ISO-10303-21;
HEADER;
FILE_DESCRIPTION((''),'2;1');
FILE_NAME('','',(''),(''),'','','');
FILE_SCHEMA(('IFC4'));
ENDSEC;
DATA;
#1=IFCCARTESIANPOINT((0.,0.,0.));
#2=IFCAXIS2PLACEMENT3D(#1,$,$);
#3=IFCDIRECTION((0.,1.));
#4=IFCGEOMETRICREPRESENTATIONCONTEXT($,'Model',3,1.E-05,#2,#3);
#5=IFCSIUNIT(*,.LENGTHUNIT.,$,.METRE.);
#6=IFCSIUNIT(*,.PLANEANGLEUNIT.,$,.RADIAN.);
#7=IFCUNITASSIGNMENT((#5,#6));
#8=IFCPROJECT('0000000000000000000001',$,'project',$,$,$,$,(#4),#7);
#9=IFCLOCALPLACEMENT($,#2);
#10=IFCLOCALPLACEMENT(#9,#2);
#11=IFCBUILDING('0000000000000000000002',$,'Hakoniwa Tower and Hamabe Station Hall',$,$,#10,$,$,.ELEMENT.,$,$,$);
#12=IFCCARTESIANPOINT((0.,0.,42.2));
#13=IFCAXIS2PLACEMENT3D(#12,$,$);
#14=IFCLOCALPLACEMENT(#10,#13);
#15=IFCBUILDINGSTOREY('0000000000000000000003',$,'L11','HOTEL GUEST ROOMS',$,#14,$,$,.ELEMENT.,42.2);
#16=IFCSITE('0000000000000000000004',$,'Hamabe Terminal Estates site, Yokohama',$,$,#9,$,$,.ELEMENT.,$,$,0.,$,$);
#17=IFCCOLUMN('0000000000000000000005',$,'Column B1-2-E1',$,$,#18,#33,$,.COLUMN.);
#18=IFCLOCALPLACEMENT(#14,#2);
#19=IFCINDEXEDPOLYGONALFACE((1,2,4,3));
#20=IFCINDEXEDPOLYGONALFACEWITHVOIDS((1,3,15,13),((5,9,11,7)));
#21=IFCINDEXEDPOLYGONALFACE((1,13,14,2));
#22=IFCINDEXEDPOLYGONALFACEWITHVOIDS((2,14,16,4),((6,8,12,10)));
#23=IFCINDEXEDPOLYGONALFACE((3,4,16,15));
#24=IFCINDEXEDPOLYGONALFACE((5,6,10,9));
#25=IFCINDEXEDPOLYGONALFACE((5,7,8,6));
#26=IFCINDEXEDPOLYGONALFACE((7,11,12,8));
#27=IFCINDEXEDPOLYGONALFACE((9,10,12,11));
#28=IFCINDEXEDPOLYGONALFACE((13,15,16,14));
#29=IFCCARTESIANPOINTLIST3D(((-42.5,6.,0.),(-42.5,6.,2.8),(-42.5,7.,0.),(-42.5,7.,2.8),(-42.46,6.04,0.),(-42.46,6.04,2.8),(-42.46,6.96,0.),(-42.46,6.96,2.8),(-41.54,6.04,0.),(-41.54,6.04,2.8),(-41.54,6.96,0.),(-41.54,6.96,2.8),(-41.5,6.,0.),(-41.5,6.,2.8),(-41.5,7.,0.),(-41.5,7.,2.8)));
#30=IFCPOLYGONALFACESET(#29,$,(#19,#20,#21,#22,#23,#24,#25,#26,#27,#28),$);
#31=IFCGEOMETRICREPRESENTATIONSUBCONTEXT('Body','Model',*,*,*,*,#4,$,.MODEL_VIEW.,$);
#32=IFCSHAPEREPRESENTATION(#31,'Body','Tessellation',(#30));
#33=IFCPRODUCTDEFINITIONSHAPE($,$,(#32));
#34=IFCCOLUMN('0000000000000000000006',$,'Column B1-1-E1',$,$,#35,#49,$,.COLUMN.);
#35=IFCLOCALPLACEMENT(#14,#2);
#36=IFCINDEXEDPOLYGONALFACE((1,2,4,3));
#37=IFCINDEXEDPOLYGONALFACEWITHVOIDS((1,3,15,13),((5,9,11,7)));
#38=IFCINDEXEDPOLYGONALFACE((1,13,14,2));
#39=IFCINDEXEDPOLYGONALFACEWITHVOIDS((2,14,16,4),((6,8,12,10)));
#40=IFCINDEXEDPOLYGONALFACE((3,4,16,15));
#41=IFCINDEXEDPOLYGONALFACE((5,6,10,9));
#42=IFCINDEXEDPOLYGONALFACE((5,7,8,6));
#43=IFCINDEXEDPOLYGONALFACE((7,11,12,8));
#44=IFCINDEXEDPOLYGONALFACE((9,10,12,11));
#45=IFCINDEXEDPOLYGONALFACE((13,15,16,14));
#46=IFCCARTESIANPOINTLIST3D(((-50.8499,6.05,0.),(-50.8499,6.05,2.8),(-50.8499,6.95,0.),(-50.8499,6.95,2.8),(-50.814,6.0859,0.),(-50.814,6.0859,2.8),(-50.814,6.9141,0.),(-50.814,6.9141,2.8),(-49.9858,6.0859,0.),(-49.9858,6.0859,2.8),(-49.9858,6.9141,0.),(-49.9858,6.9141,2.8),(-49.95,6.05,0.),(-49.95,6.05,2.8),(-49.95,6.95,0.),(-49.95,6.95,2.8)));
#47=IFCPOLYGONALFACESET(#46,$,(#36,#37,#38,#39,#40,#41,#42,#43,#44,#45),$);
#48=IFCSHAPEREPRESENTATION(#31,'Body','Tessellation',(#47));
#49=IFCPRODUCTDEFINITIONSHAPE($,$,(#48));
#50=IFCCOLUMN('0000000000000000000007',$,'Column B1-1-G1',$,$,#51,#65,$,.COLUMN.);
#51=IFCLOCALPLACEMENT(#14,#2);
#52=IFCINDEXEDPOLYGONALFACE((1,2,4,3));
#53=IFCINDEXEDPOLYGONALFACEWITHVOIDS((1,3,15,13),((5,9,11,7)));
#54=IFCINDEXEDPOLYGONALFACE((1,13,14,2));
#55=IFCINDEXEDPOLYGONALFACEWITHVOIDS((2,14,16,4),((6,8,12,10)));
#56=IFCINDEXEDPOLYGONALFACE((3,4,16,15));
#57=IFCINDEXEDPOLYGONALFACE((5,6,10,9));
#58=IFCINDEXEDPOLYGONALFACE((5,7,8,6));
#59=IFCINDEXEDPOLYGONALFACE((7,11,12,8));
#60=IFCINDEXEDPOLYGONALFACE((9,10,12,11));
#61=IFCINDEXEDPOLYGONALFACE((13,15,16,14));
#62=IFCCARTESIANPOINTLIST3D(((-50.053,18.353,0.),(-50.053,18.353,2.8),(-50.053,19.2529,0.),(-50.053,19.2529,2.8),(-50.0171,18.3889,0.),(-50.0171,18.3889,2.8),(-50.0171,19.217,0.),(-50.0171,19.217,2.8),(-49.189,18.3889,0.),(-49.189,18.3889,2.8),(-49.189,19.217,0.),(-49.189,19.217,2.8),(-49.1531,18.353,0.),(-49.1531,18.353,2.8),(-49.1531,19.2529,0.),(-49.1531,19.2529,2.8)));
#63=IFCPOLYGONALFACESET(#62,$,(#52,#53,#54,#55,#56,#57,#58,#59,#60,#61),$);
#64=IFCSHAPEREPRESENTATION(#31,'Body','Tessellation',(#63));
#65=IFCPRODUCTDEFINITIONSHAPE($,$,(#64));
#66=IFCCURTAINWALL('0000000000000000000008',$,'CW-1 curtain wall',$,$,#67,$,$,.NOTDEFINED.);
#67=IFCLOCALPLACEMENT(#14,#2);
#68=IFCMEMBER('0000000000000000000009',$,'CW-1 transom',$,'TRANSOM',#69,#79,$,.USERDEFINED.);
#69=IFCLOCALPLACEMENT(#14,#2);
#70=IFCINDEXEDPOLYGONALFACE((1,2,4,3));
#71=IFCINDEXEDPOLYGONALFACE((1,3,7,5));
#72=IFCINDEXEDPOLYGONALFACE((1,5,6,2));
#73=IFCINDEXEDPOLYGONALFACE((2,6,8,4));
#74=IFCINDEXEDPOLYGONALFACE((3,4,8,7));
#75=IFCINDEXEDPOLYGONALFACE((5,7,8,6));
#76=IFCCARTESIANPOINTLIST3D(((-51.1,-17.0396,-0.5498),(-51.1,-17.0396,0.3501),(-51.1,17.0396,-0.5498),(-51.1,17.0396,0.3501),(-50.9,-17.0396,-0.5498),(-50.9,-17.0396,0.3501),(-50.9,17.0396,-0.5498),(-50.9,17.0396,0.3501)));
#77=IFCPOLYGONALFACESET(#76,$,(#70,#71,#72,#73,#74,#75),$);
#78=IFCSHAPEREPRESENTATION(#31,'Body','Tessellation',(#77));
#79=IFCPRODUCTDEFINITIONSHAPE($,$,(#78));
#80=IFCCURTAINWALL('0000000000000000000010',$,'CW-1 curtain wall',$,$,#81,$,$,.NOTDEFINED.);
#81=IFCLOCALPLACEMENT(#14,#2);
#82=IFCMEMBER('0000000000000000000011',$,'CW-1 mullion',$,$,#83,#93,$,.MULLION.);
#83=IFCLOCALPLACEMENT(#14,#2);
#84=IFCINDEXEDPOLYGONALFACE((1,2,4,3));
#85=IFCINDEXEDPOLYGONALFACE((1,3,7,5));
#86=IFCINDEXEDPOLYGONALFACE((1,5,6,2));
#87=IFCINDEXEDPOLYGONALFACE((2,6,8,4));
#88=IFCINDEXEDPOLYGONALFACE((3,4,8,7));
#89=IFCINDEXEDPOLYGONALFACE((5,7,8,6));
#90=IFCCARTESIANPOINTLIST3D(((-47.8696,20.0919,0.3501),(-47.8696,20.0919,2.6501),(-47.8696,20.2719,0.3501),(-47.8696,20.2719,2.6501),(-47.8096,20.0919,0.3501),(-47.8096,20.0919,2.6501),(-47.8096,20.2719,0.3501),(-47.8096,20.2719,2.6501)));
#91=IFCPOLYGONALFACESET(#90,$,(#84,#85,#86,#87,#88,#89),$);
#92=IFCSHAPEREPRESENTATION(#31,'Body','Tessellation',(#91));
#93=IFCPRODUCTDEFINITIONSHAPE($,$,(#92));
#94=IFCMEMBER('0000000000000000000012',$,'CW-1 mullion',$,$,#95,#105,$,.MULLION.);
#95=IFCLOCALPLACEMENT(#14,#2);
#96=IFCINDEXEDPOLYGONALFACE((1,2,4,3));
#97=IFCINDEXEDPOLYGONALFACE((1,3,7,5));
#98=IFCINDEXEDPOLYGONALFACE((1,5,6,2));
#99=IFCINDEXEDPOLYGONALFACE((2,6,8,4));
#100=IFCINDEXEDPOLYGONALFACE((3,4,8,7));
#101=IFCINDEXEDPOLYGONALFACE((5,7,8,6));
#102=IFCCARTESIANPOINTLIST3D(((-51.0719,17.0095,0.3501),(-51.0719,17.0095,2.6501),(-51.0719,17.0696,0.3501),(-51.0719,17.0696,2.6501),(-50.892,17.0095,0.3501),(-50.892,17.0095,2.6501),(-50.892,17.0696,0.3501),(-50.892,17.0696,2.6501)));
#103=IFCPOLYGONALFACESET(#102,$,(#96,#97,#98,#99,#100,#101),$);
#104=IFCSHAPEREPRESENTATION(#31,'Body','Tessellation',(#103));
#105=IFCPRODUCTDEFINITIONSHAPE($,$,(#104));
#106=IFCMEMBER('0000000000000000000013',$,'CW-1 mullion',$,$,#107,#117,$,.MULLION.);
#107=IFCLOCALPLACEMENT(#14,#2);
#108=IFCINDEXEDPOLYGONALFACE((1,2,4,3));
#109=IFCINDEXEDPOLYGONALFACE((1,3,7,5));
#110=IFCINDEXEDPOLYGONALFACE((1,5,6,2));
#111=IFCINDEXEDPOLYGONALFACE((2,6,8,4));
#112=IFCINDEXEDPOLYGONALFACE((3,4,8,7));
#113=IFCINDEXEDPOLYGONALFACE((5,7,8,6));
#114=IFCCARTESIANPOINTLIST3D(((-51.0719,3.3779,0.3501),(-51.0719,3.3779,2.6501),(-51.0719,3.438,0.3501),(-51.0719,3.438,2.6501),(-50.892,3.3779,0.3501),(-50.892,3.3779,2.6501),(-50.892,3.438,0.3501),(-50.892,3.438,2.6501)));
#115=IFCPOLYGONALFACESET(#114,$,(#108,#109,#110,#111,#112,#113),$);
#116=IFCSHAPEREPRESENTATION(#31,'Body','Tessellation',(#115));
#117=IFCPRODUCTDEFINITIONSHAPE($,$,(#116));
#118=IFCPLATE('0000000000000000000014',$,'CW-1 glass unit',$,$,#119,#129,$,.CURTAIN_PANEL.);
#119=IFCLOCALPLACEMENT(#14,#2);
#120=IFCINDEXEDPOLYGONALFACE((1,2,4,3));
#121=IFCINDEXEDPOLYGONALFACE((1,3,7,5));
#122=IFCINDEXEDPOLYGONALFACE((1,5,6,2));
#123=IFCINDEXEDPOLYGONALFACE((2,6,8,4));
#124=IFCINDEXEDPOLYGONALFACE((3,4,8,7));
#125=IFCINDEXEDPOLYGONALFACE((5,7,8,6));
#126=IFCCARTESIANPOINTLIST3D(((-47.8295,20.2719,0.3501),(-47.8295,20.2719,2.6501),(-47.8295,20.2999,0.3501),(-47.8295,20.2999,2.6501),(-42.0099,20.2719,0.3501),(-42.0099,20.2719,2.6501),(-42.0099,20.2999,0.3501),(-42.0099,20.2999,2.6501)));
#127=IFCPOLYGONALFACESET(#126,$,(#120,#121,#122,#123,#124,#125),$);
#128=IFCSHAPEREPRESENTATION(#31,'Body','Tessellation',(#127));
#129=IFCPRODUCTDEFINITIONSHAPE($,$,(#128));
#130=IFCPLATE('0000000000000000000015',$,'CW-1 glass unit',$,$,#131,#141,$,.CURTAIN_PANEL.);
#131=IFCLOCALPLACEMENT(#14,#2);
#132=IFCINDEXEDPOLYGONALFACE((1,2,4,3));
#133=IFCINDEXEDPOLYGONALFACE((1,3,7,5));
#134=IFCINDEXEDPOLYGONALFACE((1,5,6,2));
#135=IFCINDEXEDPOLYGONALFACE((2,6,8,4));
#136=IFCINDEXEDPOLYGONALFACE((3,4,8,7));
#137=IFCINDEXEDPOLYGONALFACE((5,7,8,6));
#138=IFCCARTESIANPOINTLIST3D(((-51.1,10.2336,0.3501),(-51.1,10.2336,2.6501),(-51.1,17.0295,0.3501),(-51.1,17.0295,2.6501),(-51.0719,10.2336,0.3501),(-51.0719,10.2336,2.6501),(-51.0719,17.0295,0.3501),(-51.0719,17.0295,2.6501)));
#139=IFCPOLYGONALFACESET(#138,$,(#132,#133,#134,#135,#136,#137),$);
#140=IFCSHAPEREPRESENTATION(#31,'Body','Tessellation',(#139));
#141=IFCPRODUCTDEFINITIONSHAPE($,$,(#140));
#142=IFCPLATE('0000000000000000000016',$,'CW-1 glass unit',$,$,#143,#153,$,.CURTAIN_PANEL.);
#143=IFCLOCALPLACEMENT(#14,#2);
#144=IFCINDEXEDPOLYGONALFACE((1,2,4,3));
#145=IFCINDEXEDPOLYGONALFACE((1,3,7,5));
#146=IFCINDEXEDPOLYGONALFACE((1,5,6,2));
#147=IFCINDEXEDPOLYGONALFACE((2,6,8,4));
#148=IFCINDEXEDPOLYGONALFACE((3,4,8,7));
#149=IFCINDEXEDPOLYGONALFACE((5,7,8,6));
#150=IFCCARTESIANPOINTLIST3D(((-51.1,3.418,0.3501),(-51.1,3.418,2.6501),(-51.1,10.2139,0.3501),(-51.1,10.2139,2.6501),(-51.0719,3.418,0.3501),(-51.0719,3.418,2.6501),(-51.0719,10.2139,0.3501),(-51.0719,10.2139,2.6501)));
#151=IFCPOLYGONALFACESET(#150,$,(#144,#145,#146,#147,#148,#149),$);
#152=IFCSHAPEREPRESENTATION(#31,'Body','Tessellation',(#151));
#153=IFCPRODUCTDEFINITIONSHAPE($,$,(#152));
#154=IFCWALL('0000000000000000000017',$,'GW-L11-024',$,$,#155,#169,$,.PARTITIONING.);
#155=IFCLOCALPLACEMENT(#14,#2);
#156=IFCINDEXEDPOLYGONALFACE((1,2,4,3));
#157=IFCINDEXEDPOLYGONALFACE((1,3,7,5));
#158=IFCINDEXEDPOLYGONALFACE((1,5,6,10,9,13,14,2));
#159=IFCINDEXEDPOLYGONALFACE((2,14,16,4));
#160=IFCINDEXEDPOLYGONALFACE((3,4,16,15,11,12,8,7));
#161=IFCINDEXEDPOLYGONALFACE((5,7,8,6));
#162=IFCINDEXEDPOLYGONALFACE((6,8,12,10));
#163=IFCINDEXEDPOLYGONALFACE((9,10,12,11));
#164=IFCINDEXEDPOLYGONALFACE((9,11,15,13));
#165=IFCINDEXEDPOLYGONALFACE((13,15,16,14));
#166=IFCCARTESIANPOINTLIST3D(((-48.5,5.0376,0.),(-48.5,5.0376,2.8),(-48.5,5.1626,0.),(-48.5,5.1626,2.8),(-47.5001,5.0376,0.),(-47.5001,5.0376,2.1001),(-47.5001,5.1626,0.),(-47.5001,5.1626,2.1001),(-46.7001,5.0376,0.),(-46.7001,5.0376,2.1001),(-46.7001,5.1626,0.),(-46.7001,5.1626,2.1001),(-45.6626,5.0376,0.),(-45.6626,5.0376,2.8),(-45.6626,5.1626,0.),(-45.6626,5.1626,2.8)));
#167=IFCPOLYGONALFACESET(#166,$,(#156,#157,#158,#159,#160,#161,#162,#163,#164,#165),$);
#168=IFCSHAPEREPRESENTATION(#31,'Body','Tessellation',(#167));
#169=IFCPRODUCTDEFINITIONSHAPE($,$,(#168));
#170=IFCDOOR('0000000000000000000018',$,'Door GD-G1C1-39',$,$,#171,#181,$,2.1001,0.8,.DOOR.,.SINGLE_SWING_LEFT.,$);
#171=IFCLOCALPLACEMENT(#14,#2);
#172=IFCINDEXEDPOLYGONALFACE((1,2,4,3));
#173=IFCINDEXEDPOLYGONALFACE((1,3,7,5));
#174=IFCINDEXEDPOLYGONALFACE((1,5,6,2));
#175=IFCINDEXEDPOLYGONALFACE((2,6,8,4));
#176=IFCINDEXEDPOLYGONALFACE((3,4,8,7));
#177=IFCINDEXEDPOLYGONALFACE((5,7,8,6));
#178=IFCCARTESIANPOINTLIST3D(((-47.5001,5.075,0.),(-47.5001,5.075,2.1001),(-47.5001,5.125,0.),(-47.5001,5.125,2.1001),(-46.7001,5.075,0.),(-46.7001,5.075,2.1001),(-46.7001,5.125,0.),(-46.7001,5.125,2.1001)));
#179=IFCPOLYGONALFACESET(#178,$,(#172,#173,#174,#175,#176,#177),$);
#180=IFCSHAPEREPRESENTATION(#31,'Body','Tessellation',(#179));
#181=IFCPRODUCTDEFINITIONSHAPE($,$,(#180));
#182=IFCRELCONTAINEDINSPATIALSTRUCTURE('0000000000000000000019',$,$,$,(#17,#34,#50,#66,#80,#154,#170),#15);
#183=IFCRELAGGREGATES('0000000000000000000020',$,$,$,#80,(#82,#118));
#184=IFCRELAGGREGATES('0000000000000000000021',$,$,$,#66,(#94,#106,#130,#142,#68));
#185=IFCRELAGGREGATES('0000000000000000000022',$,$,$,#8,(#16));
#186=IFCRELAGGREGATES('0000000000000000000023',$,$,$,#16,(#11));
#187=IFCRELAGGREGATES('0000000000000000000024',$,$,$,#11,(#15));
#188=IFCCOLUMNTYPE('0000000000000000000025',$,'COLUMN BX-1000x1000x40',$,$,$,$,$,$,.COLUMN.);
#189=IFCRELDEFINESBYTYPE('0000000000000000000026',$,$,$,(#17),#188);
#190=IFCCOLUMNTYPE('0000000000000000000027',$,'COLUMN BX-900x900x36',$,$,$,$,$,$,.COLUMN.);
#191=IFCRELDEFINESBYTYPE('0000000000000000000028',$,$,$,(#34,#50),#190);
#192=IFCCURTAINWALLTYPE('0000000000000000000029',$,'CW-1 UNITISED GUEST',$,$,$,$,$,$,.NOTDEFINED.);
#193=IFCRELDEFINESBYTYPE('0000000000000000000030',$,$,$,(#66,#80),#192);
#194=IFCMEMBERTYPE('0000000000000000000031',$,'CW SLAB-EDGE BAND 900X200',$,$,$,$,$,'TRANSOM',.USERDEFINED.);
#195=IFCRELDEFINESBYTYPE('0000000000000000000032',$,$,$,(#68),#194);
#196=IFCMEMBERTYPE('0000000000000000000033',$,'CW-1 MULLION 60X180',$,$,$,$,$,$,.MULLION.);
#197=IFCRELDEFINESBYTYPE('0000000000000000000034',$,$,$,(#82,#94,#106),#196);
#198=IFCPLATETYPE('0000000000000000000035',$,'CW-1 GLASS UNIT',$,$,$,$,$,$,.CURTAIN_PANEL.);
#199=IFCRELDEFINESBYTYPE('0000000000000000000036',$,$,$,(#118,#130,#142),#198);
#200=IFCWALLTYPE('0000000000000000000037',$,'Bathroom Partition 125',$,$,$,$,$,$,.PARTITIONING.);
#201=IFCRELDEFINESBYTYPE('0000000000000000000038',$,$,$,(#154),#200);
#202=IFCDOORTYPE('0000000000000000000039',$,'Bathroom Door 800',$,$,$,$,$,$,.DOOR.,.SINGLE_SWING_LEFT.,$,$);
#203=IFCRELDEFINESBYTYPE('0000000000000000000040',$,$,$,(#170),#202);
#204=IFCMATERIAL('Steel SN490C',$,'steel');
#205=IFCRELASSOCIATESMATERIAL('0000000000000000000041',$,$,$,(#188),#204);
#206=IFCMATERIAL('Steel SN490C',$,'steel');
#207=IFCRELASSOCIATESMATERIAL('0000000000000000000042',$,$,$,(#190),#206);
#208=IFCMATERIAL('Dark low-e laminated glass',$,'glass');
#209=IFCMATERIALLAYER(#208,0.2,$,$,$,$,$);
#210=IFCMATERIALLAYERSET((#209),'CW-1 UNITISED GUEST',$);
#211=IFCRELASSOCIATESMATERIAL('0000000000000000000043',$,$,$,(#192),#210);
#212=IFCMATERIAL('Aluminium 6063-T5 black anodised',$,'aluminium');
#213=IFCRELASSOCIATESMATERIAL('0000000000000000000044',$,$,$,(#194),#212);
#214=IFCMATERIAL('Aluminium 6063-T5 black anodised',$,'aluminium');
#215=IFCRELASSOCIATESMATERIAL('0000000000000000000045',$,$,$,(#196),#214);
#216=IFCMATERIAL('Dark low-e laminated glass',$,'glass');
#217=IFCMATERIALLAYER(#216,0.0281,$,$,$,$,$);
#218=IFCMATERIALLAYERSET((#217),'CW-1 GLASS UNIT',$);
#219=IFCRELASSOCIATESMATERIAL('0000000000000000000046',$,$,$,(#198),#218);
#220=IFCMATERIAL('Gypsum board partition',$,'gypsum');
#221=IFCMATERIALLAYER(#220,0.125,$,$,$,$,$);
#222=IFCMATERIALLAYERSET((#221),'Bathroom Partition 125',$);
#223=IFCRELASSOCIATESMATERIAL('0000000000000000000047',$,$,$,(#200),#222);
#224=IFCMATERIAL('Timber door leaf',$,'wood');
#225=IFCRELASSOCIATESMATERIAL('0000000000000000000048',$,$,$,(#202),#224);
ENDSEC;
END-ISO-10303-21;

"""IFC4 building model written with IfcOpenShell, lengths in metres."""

from ifc_helpers import new_model, si_unit, direction, frame, frame_2d, origin, origin_2d, place, context, subcontext, project, spatial, rectangle, hollow_rectangle, extrude, material, layer, layer_set, material_profile, profile_set, type_object, element, fill, aggregate, save


model = new_model("IFC4")

# Units and contexts
model_context = context("Model", 3, precision=1e-05, world=origin(), true_north=direction((0.0, 1.0)))
body_context = subcontext(model_context, "Body", "Model", "MODEL_VIEW")
ifc_project = project(units=[si_unit("LENGTHUNIT", "METRE"), si_unit("PLANEANGLEUNIT", "RADIAN")], contexts=[model_context])

# Site, building, storey
site_placement = place(None, origin())
site = spatial("IfcSite", under=ifc_project, at=site_placement, Name="Hamabe Terminal Estates site, Yokohama", CompositionType="ELEMENT", RefElevation=0.0)
building_placement = place(site_placement, origin())
building = spatial("IfcBuilding", under=site, at=building_placement, Name="Hakoniwa Tower and Hamabe Station Hall", CompositionType="ELEMENT")
storey_placement = place(building_placement, frame((0.0, 0.0, 42.2)))
storey = spatial("IfcBuildingStorey", under=building, at=storey_placement, Name="L11", Description="HOTEL GUEST ROOMS", CompositionType="ELEMENT", Elevation=42.2)

# Columns
ifc_material_1 = material(Name="Steel SN490C", Category="steel")
ifc_material_profile_1 = material_profile(ifc_material_1, hollow_rectangle(XDim=1.0, YDim=1.0, WallThickness=0.04, at=origin_2d()), Name="BX-1000x1000x40")
ifc_profile_set_1 = profile_set([ifc_material_profile_1], Name="Steel SN490C")
column_type_1 = type_object("IfcColumnType", Name="COLUMN BX-1000x1000x40", PredefinedType="COLUMN", material=ifc_profile_set_1)
column_placement = place(storey_placement, frame((-42.0, 6.5, 0.0), z_axis=(0.0, 0.0, 1.0), x_axis=(1.0, 0.0, 0.0)))
element("IfcColumn", 1, at=column_placement, inside=storey, type_object=column_type_1, Name="Column B1-2-E1", PredefinedType="COLUMN", context=body_context, shape_type="SweptSolid", body=[
    extrude(hollow_rectangle(XDim=1.0, YDim=1.0, WallThickness=0.04, at=origin_2d()), origin(), (0.0, 0.0, 1.0), 2.8),
])
ifc_material_2 = material(Name="Steel SN490C", Category="steel")
ifc_material_profile_2 = material_profile(ifc_material_2, hollow_rectangle(XDim=0.8999, YDim=0.8999, WallThickness=0.0359, at=origin_2d()), Name="BX-900x900x36")
ifc_profile_set_2 = profile_set([ifc_material_profile_2], Name="Steel SN490C")
column_type_2 = type_object("IfcColumnType", Name="COLUMN BX-900x900x36", PredefinedType="COLUMN", material=ifc_profile_set_2)
for number, where, z_axis, x_axis, name in (
    (2, (-50.3999, 6.5, 0.0), (0.0, 0.0, 1.0), (1.0, 0.0, 0.0), "Column B1-1-E1"),
    (3, (-49.603, 18.803, 0.0), (0.0, 0.0, 1.0), (1.0, 0.0, 0.0), "Column B1-1-G1"),
):
    element("IfcColumn", number, at=place(storey_placement, frame(where, z_axis=z_axis, x_axis=x_axis)), inside=storey, type_object=column_type_2, Name=name, PredefinedType="COLUMN", context=body_context, shape_type="SweptSolid", body=[
        extrude(hollow_rectangle(XDim=0.8999, YDim=0.8999, WallThickness=0.0359, at=origin_2d()), origin(), (0.0, 0.0, 1.0), 2.8),
    ])

# Curtain walls, members
ifc_material_3 = material(Name="Dark low-e laminated glass", Category="glass")
ifc_layer_1 = layer(ifc_material_3, 0.2)
ifc_layer_set_1 = layer_set([ifc_layer_1], Name="CW-1 UNITISED GUEST")
curtain_wall_type = type_object("IfcCurtainWallType", Name="CW-1 UNITISED GUEST", PredefinedType="NOTDEFINED", material=ifc_layer_set_1)
curtain_wall_1_placement = place(storey_placement, origin())
curtain_wall_1 = element("IfcCurtainWall", 4, at=curtain_wall_1_placement, inside=storey, type_object=curtain_wall_type, Name="CW-1 curtain wall", PredefinedType="NOTDEFINED")
ifc_material_4 = material(Name="Aluminium 6063-T5 black anodised", Category="aluminium")
ifc_material_profile_3 = material_profile(ifc_material_4, rectangle(XDim=0.2, YDim=0.8999, at=origin_2d()), Name="CW SLAB-EDGE BAND 900X200")
ifc_profile_set_3 = profile_set([ifc_material_profile_3], Name="Aluminium 6063-T5 black anodised")
member_type_1 = type_object("IfcMemberType", Name="CW SLAB-EDGE BAND 900X200", ElementType="TRANSOM", PredefinedType="USERDEFINED", material=ifc_profile_set_3)
member_1_placement = place(storey_placement, frame((-51.0, 17.0396, -0.0999), z_axis=(0.0, -1.0, 0.0), x_axis=(1.0, 0.0, 0.0)))
member_1 = element("IfcMember", 5, at=member_1_placement, type_object=member_type_1, Name="CW-1 transom", ObjectType="TRANSOM", PredefinedType="USERDEFINED", context=body_context, shape_type="SweptSolid", body=[
    extrude(rectangle(XDim=0.2, YDim=0.8999, at=origin_2d()), origin(), (0.0, 0.0, 1.0), 34.0791),
])
curtain_wall_2_placement = place(storey_placement, origin())
curtain_wall_2 = element("IfcCurtainWall", 6, at=curtain_wall_2_placement, inside=storey, type_object=curtain_wall_type, Name="CW-1 curtain wall", PredefinedType="NOTDEFINED")
ifc_material_5 = material(Name="Aluminium 6063-T5 black anodised", Category="aluminium")
ifc_material_profile_4 = material_profile(ifc_material_5, rectangle(XDim=0.0601, YDim=0.1799, at=origin_2d()), Name="CW-1 MULLION 60X180")
ifc_profile_set_4 = profile_set([ifc_material_profile_4], Name="Aluminium 6063-T5 black anodised")
member_type_2 = type_object("IfcMemberType", Name="CW-1 MULLION 60X180", PredefinedType="MULLION", material=ifc_profile_set_4)
member_2_placement = place(storey_placement, frame((-47.8396, 20.1819, 0.3501), z_axis=(0.0, 0.0, 1.0), x_axis=(-1.0, 0.0, 0.0)))
member_2 = element("IfcMember", 7, at=member_2_placement, type_object=member_type_2, Name="CW-1 mullion", PredefinedType="MULLION", context=body_context, shape_type="SweptSolid", body=[
    extrude(rectangle(XDim=0.0601, YDim=0.1799, at=origin_2d()), origin(), (0.0, 0.0, 1.0), 2.3),
])

# Members
member_3_placement = place(storey_placement, frame((-50.9819, 17.0396, 0.3501), z_axis=(0.0, 0.0, 1.0), x_axis=(0.0, -1.0, 0.0)))
member_3 = element("IfcMember", 8, at=member_3_placement, type_object=member_type_2, Name="CW-1 mullion", PredefinedType="MULLION", context=body_context, shape_type="SweptSolid", body=[
    extrude(rectangle(XDim=0.0601, YDim=0.1799, at=origin_2d()), origin(), (0.0, 0.0, 1.0), 2.3),
])
member_4_placement = place(storey_placement, frame((-50.9819, 3.408, 0.3501), z_axis=(0.0, 0.0, 1.0), x_axis=(0.0, -1.0, 0.0)))
member_4 = element("IfcMember", 9, at=member_4_placement, type_object=member_type_2, Name="CW-1 mullion", PredefinedType="MULLION", context=body_context, shape_type="SweptSolid", body=[
    extrude(rectangle(XDim=0.0601, YDim=0.1799, at=origin_2d()), origin(), (0.0, 0.0, 1.0), 2.3),
])

# Plates
ifc_material_6 = material(Name="Dark low-e laminated glass", Category="glass")
ifc_layer_2 = layer(ifc_material_6, 0.0281)
ifc_layer_set_2 = layer_set([ifc_layer_2], Name="CW-1 GLASS UNIT")
plate_type = type_object("IfcPlateType", Name="CW-1 GLASS UNIT", PredefinedType="CURTAIN_PANEL", material=ifc_layer_set_2)
plate_1_placement = place(storey_placement, frame((-44.9197, 20.2859, 0.3501), z_axis=(0.0, 0.0, 1.0), x_axis=(-1.0, 0.0, 0.0)))
plate_1 = element("IfcPlate", 10, at=plate_1_placement, type_object=plate_type, Name="CW-1 glass unit", PredefinedType="CURTAIN_PANEL", context=body_context, shape_type="SweptSolid", body=[
    extrude(rectangle(XDim=5.8196, YDim=0.0281, at=origin_2d()), origin(), (0.0, 0.0, 1.0), 2.3),
])
aggregate(curtain_wall_2, [member_2, plate_1])
plate_2_placement = place(storey_placement, frame((-51.0859, 13.6316, 0.3501), z_axis=(0.0, 0.0, 1.0), x_axis=(0.0, -1.0, 0.0)))
plate_2 = element("IfcPlate", 11, at=plate_2_placement, type_object=plate_type, Name="CW-1 glass unit", PredefinedType="CURTAIN_PANEL", context=body_context, shape_type="SweptSolid", body=[
    extrude(rectangle(XDim=6.7959, YDim=0.0281, at=origin_2d()), origin(), (0.0, 0.0, 1.0), 2.3),
])
plate_3_placement = place(storey_placement, frame((-51.0859, 6.8159, 0.3501), z_axis=(0.0, 0.0, 1.0), x_axis=(0.0, -1.0, 0.0)))
plate_3 = element("IfcPlate", 12, at=plate_3_placement, type_object=plate_type, Name="CW-1 glass unit", PredefinedType="CURTAIN_PANEL", context=body_context, shape_type="SweptSolid", body=[
    extrude(rectangle(XDim=6.7959, YDim=0.0281, at=origin_2d()), origin(), (0.0, 0.0, 1.0), 2.3),
])
aggregate(curtain_wall_1, [member_3, member_4, plate_2, plate_3, member_1])

# Wall, opening, door
ifc_material_7 = material(Name="Gypsum board partition", Category="gypsum")
ifc_layer_3 = layer(ifc_material_7, 0.125)
ifc_layer_set_3 = layer_set([ifc_layer_3], Name="Bathroom Partition 125")
wall_type_1 = type_object("IfcWallType", Name="Bathroom Partition 125", PredefinedType="PARTITIONING", material=ifc_layer_set_3)
wall_1_placement = place(storey_placement, frame((-48.5, 5.1001, 0.0), z_axis=(0.0, 0.0, 1.0), x_axis=(1.0, 0.0, 0.0)))
wall_1 = element("IfcWall", 13, at=wall_1_placement, inside=storey, type_object=wall_type_1, Name="GW-L11-024", PredefinedType="PARTITIONING", context=body_context, shape_type="SweptSolid", body=[
    extrude(rectangle(XDim=2.8374, YDim=0.125, at=frame_2d((1.4187, 0.0))), origin(), (0.0, 0.0, 1.0), 2.8),
])
opening_1_placement = place(wall_1_placement, frame((1.0, 0.0, 0.0)))
opening_1 = element("IfcOpeningElement", 14, at=opening_1_placement, cuts=wall_1, PredefinedType="OPENING", context=body_context, shape_type="SweptSolid", body=[
    extrude(rectangle(XDim=0.8, YDim=2.1001, at=frame_2d((0.3999, 1.05))), frame((0.0, 0.0725, 0.0), z_axis=(0.0, -1.0, 0.0), x_axis=(1.0, 0.0, 0.0)), (0.0, 0.0, 1.0), 0.145),
])
ifc_material_8 = material(Name="Timber door leaf", Category="wood")
door_type_1 = type_object("IfcDoorType", Name="Bathroom Door 800", OperationType="SINGLE_SWING_LEFT", PredefinedType="DOOR", material=ifc_material_8)
door_1_placement = place(opening_1_placement, origin())
door_1 = element("IfcDoor", 15, at=door_1_placement, inside=storey, type_object=door_type_1, Name="Door GD-G1C1-39", OperationType="SINGLE_SWING_LEFT", OverallHeight=2.1001, OverallWidth=0.8, PredefinedType="DOOR", context=body_context, shape_type="SweptSolid", body=[
    extrude(rectangle(XDim=0.8, YDim=2.1001, at=frame_2d((0.3999, 1.05))), frame((0.0, 0.0249, 0.0), z_axis=(0.0, -1.0, 0.0), x_axis=(1.0, 0.0, 0.0)), (0.0, 0.0, 1.0), 0.05),
])
fill(opening_1, door_1)

save(model, "model.ifc")
